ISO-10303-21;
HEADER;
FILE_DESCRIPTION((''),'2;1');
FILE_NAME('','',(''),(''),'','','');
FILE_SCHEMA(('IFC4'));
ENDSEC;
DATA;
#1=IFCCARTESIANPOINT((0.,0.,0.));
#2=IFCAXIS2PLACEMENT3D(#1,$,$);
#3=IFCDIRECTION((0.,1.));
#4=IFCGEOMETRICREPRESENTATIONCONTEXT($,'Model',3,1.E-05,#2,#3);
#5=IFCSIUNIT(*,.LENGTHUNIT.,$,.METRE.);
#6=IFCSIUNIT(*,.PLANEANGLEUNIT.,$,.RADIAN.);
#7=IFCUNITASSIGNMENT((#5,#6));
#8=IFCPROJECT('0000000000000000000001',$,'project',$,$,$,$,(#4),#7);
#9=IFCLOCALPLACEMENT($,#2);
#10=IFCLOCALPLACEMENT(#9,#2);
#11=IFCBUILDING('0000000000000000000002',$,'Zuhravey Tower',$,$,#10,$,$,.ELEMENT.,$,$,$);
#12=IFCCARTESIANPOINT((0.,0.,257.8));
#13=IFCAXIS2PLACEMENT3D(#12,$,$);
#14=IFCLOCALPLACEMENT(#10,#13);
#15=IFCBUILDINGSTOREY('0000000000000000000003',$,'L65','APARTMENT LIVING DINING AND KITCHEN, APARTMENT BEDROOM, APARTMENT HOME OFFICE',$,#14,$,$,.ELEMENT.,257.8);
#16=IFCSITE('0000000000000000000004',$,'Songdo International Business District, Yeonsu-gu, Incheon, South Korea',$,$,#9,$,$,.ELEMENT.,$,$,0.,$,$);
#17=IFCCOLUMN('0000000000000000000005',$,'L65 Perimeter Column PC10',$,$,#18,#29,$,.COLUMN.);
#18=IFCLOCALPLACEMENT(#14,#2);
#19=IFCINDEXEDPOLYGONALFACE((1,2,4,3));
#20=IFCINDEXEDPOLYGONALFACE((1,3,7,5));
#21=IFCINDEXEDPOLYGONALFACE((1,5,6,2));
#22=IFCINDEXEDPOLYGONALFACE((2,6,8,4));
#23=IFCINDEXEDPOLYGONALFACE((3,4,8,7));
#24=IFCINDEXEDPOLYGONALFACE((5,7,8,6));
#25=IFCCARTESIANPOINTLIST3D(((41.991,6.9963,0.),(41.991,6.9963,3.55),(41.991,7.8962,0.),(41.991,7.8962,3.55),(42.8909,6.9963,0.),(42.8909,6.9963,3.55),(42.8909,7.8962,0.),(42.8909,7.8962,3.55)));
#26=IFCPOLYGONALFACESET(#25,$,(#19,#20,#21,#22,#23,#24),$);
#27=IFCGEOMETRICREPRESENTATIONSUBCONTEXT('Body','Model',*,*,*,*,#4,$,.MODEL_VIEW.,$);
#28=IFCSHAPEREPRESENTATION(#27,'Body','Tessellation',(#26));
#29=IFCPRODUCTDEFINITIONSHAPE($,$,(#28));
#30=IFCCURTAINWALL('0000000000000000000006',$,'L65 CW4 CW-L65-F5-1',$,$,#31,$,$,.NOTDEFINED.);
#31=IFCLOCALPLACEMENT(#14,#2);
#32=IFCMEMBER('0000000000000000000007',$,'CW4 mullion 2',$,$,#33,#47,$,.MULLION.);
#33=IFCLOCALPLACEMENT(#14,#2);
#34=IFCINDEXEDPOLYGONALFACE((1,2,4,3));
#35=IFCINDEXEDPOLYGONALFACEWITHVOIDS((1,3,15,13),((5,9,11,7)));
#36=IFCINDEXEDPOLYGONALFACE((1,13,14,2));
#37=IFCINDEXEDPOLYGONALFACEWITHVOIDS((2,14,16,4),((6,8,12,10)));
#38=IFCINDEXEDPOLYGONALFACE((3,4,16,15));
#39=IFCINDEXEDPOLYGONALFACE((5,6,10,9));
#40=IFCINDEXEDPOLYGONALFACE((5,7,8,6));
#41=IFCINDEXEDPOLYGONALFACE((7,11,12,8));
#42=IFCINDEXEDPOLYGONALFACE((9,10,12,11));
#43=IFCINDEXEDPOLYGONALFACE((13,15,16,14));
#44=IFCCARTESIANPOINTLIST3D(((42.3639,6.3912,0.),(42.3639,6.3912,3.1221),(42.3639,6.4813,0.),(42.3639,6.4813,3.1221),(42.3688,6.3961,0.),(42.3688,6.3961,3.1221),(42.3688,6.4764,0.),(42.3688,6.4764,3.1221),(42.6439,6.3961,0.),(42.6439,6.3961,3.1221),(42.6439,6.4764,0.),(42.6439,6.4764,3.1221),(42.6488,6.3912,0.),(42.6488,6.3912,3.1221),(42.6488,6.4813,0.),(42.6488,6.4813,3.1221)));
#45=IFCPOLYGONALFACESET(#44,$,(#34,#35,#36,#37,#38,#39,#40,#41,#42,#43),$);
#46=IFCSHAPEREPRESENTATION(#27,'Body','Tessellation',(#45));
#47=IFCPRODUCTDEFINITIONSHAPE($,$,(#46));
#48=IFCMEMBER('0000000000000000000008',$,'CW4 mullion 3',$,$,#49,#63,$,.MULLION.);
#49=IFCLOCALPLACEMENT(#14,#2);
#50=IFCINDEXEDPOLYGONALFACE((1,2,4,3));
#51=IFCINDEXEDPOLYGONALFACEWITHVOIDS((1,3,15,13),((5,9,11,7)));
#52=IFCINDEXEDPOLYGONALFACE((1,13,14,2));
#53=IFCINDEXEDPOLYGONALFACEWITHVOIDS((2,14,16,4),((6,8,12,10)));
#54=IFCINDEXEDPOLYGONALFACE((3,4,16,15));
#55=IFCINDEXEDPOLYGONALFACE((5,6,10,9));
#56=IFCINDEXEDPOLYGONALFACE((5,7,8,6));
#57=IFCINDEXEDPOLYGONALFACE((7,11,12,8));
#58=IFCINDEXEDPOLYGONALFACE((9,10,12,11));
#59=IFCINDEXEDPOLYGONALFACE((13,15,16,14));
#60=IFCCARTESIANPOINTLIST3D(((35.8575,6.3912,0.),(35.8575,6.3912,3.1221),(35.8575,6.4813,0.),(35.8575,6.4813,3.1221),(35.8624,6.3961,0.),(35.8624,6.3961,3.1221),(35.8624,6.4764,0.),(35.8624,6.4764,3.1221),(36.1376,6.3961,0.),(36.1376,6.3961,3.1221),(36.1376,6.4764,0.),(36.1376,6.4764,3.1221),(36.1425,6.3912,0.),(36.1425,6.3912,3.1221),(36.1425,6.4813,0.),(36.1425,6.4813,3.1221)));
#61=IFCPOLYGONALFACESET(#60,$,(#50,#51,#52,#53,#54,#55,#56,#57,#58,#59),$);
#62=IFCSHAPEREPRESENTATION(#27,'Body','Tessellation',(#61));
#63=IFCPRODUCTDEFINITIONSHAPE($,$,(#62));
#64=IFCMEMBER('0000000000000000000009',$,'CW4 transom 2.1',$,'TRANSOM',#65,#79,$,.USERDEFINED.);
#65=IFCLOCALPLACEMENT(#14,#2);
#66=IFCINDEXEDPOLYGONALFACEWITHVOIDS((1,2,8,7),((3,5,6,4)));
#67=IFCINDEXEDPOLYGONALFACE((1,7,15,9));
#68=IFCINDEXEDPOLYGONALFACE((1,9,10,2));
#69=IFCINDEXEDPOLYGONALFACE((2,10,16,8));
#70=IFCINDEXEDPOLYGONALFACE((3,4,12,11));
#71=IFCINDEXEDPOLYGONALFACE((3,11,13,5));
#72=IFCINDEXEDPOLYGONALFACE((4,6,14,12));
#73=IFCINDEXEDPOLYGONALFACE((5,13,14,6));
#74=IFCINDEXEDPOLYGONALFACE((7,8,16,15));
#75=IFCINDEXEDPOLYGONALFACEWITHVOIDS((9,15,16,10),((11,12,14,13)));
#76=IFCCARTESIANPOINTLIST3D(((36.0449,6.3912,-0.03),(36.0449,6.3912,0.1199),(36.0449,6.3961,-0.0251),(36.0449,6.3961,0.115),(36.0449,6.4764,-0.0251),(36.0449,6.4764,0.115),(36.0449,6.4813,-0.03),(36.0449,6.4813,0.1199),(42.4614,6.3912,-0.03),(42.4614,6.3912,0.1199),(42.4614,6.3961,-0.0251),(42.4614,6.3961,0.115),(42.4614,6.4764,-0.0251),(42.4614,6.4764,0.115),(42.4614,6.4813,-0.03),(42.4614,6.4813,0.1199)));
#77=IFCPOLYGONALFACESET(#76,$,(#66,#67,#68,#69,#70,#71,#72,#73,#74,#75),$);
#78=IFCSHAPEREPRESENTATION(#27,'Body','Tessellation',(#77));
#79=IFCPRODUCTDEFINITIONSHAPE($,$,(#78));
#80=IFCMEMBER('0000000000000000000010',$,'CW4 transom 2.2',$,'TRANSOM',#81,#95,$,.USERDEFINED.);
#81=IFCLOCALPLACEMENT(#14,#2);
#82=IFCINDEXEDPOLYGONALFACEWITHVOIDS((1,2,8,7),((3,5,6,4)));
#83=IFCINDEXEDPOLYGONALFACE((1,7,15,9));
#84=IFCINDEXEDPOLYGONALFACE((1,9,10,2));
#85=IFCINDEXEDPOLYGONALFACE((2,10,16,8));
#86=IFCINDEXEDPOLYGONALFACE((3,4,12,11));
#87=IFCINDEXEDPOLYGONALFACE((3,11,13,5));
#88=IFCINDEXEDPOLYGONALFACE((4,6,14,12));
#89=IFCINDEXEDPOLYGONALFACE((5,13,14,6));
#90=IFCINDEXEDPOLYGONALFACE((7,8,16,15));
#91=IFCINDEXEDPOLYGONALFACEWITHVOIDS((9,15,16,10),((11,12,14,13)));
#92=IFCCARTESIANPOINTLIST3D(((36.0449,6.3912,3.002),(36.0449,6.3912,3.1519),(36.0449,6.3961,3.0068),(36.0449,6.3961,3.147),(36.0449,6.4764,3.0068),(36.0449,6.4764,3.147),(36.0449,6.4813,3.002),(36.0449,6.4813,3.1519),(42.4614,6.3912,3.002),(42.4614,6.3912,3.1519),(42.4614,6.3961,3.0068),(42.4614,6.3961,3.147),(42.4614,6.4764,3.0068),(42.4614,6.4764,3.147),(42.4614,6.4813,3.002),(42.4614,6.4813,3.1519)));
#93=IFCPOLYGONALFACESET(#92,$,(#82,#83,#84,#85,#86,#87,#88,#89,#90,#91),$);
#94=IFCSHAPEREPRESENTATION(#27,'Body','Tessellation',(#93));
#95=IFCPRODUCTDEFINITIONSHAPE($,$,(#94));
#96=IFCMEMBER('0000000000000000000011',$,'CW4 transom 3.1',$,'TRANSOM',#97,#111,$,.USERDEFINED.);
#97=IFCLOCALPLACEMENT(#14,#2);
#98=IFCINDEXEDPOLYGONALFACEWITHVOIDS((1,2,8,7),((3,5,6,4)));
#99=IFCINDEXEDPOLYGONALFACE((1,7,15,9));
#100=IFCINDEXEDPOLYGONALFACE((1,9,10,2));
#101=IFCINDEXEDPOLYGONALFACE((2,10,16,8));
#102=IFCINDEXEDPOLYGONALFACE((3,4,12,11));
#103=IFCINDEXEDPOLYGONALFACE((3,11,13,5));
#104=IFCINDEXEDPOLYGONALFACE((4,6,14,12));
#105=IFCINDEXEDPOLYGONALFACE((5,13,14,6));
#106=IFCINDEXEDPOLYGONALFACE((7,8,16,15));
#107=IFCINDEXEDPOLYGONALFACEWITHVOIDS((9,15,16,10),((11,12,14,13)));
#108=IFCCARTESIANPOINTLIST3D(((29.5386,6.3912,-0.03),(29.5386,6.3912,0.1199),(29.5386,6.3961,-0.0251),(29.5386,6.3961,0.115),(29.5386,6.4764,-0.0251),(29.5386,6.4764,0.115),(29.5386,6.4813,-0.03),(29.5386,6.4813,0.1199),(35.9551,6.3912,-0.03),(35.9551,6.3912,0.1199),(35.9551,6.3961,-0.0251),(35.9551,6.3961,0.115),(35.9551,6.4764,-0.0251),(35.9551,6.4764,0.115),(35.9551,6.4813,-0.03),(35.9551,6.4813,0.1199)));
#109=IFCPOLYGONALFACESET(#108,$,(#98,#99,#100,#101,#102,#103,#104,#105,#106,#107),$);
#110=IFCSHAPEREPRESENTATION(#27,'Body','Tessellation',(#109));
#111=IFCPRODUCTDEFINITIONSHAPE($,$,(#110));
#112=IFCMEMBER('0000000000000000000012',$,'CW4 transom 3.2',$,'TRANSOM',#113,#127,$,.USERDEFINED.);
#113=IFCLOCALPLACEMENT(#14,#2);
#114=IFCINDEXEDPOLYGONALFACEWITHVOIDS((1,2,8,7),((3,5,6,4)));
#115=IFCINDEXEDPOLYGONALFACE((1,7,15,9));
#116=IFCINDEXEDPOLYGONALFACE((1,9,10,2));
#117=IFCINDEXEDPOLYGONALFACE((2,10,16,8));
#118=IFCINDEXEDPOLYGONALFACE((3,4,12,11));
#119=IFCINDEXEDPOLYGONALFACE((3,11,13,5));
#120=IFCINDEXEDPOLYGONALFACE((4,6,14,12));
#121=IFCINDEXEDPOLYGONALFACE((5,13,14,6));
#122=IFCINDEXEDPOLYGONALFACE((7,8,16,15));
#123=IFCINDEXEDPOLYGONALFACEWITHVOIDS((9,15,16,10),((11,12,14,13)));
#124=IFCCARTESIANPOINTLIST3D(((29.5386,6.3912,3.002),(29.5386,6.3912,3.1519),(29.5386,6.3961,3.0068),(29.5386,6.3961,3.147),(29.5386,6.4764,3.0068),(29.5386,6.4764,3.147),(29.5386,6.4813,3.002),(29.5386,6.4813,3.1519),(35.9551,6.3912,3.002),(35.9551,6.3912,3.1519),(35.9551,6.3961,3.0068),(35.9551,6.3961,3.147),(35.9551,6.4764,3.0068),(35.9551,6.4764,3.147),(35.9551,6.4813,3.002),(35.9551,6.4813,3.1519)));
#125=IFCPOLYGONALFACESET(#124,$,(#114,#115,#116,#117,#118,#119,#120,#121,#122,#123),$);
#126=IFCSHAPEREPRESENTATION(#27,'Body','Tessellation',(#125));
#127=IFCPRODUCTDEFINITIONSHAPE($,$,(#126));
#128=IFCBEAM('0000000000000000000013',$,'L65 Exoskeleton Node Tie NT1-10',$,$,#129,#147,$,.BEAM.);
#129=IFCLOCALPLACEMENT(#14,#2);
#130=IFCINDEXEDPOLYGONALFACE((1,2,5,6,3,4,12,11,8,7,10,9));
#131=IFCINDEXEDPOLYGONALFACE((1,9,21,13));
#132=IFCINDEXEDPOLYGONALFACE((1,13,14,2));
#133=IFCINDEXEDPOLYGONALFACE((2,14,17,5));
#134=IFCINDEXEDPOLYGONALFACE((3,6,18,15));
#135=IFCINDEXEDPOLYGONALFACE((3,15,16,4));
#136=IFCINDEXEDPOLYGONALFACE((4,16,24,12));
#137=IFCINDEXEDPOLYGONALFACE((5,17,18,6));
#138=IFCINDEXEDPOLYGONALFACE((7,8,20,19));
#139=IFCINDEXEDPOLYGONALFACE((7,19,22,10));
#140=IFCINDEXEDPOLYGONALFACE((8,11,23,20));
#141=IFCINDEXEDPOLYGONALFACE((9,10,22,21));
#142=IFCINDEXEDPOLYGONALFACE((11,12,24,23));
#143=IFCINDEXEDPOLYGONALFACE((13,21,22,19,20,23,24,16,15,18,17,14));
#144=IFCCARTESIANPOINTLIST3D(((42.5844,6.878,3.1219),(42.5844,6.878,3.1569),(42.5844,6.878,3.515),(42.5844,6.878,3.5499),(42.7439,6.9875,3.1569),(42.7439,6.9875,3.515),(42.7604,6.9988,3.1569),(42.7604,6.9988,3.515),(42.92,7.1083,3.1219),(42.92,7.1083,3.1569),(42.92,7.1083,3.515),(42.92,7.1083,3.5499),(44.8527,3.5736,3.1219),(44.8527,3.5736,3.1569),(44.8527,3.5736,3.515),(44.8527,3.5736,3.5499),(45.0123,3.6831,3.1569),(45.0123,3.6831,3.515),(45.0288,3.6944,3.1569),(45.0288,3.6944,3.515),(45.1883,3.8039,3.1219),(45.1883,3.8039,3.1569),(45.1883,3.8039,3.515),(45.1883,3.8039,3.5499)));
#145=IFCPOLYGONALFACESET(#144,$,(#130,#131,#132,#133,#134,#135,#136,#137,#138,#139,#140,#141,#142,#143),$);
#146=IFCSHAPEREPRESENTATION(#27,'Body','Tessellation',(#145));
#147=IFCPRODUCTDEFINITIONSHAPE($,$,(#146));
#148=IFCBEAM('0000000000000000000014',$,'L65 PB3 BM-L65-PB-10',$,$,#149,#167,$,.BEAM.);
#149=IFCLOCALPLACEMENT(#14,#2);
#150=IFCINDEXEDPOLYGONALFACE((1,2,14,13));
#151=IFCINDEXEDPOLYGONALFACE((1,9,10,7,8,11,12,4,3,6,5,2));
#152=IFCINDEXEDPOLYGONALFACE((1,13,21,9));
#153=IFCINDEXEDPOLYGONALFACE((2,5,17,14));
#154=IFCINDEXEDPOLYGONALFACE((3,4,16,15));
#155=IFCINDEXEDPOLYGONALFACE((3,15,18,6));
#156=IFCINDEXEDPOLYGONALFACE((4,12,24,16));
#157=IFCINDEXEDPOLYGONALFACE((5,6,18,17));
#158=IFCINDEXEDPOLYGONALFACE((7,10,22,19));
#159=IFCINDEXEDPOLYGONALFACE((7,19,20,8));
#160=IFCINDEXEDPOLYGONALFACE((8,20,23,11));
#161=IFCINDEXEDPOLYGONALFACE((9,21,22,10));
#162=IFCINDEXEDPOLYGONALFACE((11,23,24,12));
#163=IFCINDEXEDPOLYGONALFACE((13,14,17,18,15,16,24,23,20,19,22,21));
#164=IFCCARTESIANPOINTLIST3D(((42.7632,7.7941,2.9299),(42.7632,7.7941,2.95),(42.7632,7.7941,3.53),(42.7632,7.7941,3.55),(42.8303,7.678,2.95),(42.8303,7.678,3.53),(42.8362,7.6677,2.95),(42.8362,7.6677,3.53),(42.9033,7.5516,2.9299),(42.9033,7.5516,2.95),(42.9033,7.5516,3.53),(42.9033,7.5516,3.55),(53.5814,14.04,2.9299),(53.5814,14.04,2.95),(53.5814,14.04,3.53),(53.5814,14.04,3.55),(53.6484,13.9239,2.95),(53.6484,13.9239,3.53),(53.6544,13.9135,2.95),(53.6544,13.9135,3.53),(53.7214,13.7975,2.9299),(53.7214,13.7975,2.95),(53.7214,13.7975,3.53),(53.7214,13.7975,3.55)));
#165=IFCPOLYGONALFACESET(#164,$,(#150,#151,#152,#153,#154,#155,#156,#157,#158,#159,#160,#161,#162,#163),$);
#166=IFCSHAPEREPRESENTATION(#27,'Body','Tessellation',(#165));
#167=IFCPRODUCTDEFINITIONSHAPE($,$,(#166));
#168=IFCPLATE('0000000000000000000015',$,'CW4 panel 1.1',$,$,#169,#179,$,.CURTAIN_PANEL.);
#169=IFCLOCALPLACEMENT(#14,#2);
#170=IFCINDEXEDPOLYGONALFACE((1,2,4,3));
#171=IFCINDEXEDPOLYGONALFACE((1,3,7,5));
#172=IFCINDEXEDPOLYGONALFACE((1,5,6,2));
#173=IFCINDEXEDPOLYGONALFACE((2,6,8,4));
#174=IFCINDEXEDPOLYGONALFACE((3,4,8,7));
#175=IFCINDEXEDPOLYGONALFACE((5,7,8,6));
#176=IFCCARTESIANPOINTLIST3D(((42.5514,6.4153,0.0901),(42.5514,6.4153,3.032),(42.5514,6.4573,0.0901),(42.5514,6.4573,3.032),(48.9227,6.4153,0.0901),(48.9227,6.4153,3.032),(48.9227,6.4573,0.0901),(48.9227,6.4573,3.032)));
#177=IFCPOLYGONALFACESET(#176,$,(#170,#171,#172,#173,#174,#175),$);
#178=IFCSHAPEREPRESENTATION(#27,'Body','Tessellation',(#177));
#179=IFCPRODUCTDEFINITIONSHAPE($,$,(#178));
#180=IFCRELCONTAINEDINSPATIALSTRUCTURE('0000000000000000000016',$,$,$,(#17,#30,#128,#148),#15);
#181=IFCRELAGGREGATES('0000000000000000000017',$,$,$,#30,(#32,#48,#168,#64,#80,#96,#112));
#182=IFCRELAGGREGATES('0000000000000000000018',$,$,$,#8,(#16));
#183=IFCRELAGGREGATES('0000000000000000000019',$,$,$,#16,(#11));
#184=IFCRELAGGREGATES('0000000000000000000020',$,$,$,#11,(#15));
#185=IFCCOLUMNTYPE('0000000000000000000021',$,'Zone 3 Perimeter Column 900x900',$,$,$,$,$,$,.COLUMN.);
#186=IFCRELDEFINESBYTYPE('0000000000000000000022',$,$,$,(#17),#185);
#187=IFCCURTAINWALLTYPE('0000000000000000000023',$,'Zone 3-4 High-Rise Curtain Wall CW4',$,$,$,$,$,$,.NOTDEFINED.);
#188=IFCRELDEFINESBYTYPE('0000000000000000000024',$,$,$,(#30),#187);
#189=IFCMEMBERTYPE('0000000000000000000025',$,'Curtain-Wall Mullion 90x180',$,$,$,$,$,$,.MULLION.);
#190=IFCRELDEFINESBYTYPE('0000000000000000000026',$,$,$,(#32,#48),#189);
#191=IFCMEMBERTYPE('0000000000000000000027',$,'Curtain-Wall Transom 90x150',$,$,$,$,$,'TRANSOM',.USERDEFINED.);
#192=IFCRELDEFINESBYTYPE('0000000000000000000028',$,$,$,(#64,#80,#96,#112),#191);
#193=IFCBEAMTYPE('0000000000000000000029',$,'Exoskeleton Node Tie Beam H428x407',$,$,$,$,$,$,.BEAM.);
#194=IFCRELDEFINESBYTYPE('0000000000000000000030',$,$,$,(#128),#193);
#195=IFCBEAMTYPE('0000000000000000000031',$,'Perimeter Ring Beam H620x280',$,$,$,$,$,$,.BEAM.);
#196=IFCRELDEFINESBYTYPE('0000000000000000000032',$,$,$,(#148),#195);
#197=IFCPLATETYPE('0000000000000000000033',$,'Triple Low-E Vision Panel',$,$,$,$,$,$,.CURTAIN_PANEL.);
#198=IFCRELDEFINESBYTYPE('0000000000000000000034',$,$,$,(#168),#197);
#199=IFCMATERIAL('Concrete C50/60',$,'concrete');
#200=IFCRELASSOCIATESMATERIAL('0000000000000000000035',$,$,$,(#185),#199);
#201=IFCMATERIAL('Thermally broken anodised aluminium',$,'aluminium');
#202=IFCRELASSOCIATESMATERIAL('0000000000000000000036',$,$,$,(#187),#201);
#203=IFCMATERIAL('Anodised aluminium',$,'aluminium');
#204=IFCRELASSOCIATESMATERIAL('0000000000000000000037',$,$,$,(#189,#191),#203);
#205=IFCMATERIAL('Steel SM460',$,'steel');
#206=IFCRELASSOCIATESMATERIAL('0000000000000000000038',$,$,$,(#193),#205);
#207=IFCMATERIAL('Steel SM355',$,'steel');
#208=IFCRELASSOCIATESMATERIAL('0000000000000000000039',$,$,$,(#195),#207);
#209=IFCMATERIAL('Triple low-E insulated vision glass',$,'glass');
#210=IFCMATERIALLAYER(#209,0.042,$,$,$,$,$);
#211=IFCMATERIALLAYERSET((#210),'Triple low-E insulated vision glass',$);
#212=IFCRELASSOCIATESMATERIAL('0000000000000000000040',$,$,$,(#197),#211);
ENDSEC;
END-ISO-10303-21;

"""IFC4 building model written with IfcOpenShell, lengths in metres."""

from ifc_helpers import new_model, si_unit, direction, frame, origin, origin_2d, place, context, subcontext, project, spatial, rectangle, hollow_rectangle, i_section, extrude, material, layer, layer_set, material_profile, profile_set, type_object, element, aggregate, save


model = new_model("IFC4")

# Units and contexts
model_context = context("Model", 3, precision=1e-05, world=origin(), true_north=direction((0.0, 1.0)))
body_context = subcontext(model_context, "Body", "Model", "MODEL_VIEW")
ifc_project = project(units=[si_unit("LENGTHUNIT", "METRE"), si_unit("PLANEANGLEUNIT", "RADIAN")], contexts=[model_context])

# Site, building, storey
site_placement = place(None, origin())
site = spatial("IfcSite", under=ifc_project, at=site_placement, Name="Songdo International Business District, Yeonsu-gu, Incheon, South Korea", CompositionType="ELEMENT", RefElevation=0.0)
building_placement = place(site_placement, origin())
building = spatial("IfcBuilding", under=site, at=building_placement, Name="Zuhravey Tower", CompositionType="ELEMENT")
storey_placement = place(building_placement, frame((0.0, 0.0, 257.8)))
storey = spatial("IfcBuildingStorey", under=building, at=storey_placement, Name="L65", Description="APARTMENT LIVING DINING AND KITCHEN, APARTMENT BEDROOM, APARTMENT HOME OFFICE", CompositionType="ELEMENT", Elevation=257.8)

# Column
ifc_material_1 = material(Name="Concrete C50/60", Category="concrete")
ifc_material_profile_1 = material_profile(ifc_material_1, rectangle(XDim=0.8999, YDim=0.8999, at=origin_2d()), Name="RC-900x900")
ifc_profile_set_1 = profile_set([ifc_material_profile_1], Name="Concrete C50/60")
column_type = type_object("IfcColumnType", Name="Zone 3 Perimeter Column 900x900", PredefinedType="COLUMN", material=ifc_profile_set_1)
column_placement = place(storey_placement, frame((42.4409, 7.4463, 0.0), z_axis=(0.0, 0.0, 1.0), x_axis=(1.0, 0.0, 0.0)))
element("IfcColumn", 1, at=column_placement, inside=storey, type_object=column_type, Name="L65 Perimeter Column PC10", PredefinedType="COLUMN", context=body_context, shape_type="SweptSolid", body=[
    extrude(rectangle(XDim=0.8999, YDim=0.8999, at=origin_2d()), origin(), (0.0, 0.0, 1.0), 3.55),
])

# Curtain wall, members
ifc_material_2 = material(Name="Thermally broken anodised aluminium", Category="aluminium")
curtain_wall_type = type_object("IfcCurtainWallType", Name="Zone 3-4 High-Rise Curtain Wall CW4", PredefinedType="NOTDEFINED", material=ifc_material_2)
curtain_wall_placement = place(storey_placement, origin())
curtain_wall = element("IfcCurtainWall", 2, at=curtain_wall_placement, inside=storey, type_object=curtain_wall_type, Name="L65 CW4 CW-L65-F5-1", PredefinedType="NOTDEFINED")
ifc_material_3 = material(Name="Anodised aluminium", Category="aluminium")
ifc_material_profile_2 = material_profile(ifc_material_3, hollow_rectangle(XDim=0.0901, YDim=0.2849, WallThickness=0.0049, at=origin_2d()), Name="ALU-RHS-90x285x5")
ifc_profile_set_2 = profile_set([ifc_material_profile_2], Name="Anodised aluminium")
member_type_1 = type_object("IfcMemberType", Name="Curtain-Wall Mullion 90x180", PredefinedType="MULLION", material=ifc_profile_set_2)
member_1_placement = place(storey_placement, frame((42.5063, 6.4363, 0.0), z_axis=(0.0, 0.0, 1.0), x_axis=(0.0, -1.0, 0.0)))
member_1 = element("IfcMember", 3, at=member_1_placement, type_object=member_type_1, Name="CW4 mullion 2", PredefinedType="MULLION", context=body_context, shape_type="SweptSolid", body=[
    extrude(hollow_rectangle(XDim=0.0901, YDim=0.2849, WallThickness=0.0049, at=origin_2d()), origin(), (0.0, 0.0, 1.0), 3.1221),
])
member_2_placement = place(storey_placement, frame((36.0, 6.4363, 0.0), z_axis=(0.0, 0.0, 1.0), x_axis=(0.0, -1.0, 0.0)))
member_2 = element("IfcMember", 4, at=member_2_placement, type_object=member_type_1, Name="CW4 mullion 3", PredefinedType="MULLION", context=body_context, shape_type="SweptSolid", body=[
    extrude(hollow_rectangle(XDim=0.0901, YDim=0.2849, WallThickness=0.0049, at=origin_2d()), origin(), (0.0, 0.0, 1.0), 3.1221),
])
ifc_material_profile_3 = material_profile(ifc_material_3, hollow_rectangle(XDim=0.0901, YDim=0.1499, WallThickness=0.0049, at=origin_2d()), Name="ALU-RHS-90x150x5")
ifc_profile_set_3 = profile_set([ifc_material_profile_3], Name="Anodised aluminium")
member_type_2 = type_object("IfcMemberType", Name="Curtain-Wall Transom 90x150", ElementType="TRANSOM", PredefinedType="USERDEFINED", material=ifc_profile_set_3)
member_3_placement = place(storey_placement, frame((42.4614, 6.4363, 0.0449), z_axis=(-1.0, 0.0, 0.0), x_axis=(0.0, -1.0, 0.0)))
member_3 = element("IfcMember", 5, at=member_3_placement, type_object=member_type_2, Name="CW4 transom 2.1", ObjectType="TRANSOM", PredefinedType="USERDEFINED", context=body_context, shape_type="SweptSolid", body=[
    extrude(hollow_rectangle(XDim=0.0901, YDim=0.1499, WallThickness=0.0049, at=origin_2d()), origin(), (0.0, 0.0, 1.0), 6.4165),
])
member_4_placement = place(storey_placement, frame((42.4614, 6.4363, 3.0769), z_axis=(-1.0, 0.0, 0.0), x_axis=(0.0, -1.0, 0.0)))
member_4 = element("IfcMember", 6, at=member_4_placement, type_object=member_type_2, Name="CW4 transom 2.2", ObjectType="TRANSOM", PredefinedType="USERDEFINED", context=body_context, shape_type="SweptSolid", body=[
    extrude(hollow_rectangle(XDim=0.0901, YDim=0.1499, WallThickness=0.0049, at=origin_2d()), origin(), (0.0, 0.0, 1.0), 6.4165),
])
member_5_placement = place(storey_placement, frame((35.9551, 6.4363, 0.0449), z_axis=(-1.0, 0.0, 0.0), x_axis=(0.0, -1.0, 0.0)))
member_5 = element("IfcMember", 7, at=member_5_placement, type_object=member_type_2, Name="CW4 transom 3.1", ObjectType="TRANSOM", PredefinedType="USERDEFINED", context=body_context, shape_type="SweptSolid", body=[
    extrude(hollow_rectangle(XDim=0.0901, YDim=0.1499, WallThickness=0.0049, at=origin_2d()), origin(), (0.0, 0.0, 1.0), 6.4165),
])
member_6_placement = place(storey_placement, frame((35.9551, 6.4363, 3.0769), z_axis=(-1.0, 0.0, 0.0), x_axis=(0.0, -1.0, 0.0)))
member_6 = element("IfcMember", 8, at=member_6_placement, type_object=member_type_2, Name="CW4 transom 3.2", ObjectType="TRANSOM", PredefinedType="USERDEFINED", context=body_context, shape_type="SweptSolid", body=[
    extrude(hollow_rectangle(XDim=0.0901, YDim=0.1499, WallThickness=0.0049, at=origin_2d()), origin(), (0.0, 0.0, 1.0), 6.4165),
])

# Beams
ifc_material_4 = material(Name="Steel SM460", Category="steel")
ifc_material_profile_4 = material_profile(ifc_material_4, i_section(OverallWidth=0.407, OverallDepth=0.428, WebThickness=0.02, FlangeThickness=0.0349, at=origin_2d()), Name="H-428x407x20x35")
ifc_profile_set_4 = profile_set([ifc_material_profile_4], Name="Steel SM460")
beam_type_1 = type_object("IfcBeamType", Name="Exoskeleton Node Tie Beam H428x407", PredefinedType="BEAM", material=ifc_profile_set_4)
beam_1_placement = place(storey_placement, frame((42.7522, 6.9932, 3.3359), z_axis=(0.565937, -0.824449, 0.0), x_axis=(0.824449, 0.565937, 0.0)))
element("IfcBeam", 9, at=beam_1_placement, inside=storey, type_object=beam_type_1, Name="L65 Exoskeleton Node Tie NT1-10", PredefinedType="BEAM", context=body_context, shape_type="SweptSolid", body=[
    extrude(i_section(OverallWidth=0.407, OverallDepth=0.428, WebThickness=0.02, FlangeThickness=0.0349, at=origin_2d()), origin(), (0.0, 0.0, 1.0), 4.0081),
])
ifc_material_5 = material(Name="Steel SM355", Category="steel")
ifc_material_profile_5 = material_profile(ifc_material_5, i_section(OverallWidth=0.28, OverallDepth=0.6201, WebThickness=0.012, FlangeThickness=0.02, at=origin_2d()), Name="H-620x280x12x20")
ifc_profile_set_5 = profile_set([ifc_material_profile_5], Name="Steel SM355")
beam_type_2 = type_object("IfcBeamType", Name="Perimeter Ring Beam H620x280", PredefinedType="BEAM", material=ifc_profile_set_5)
beam_2_placement = place(storey_placement, frame((42.8333, 7.6729, 3.24), z_axis=(0.866025, 0.5, 0.0), x_axis=(-0.5, 0.866025, 0.0)))
element("IfcBeam", 10, at=beam_2_placement, inside=storey, type_object=beam_type_2, Name="L65 PB3 BM-L65-PB-10", PredefinedType="BEAM", context=body_context, shape_type="SweptSolid", body=[
    extrude(i_section(OverallWidth=0.28, OverallDepth=0.6201, WebThickness=0.012, FlangeThickness=0.02, at=origin_2d()), origin(), (0.0, 0.0, 1.0), 12.4917),
])

# Plate
ifc_material_6 = material(Name="Triple low-E insulated vision glass", Category="glass")
ifc_layer_1 = layer(ifc_material_6, 0.042)
ifc_layer_set_1 = layer_set([ifc_layer_1], Name="Triple low-E insulated vision glass")
plate_type = type_object("IfcPlateType", Name="Triple Low-E Vision Panel", PredefinedType="CURTAIN_PANEL", material=ifc_layer_set_1)
plate_1_placement = place(storey_placement, frame((45.7371, 6.4363, 0.0901), z_axis=(0.0, 0.0, 1.0), x_axis=(-1.0, 0.0, 0.0)))
plate_1 = element("IfcPlate", 11, at=plate_1_placement, type_object=plate_type, Name="CW4 panel 1.1", PredefinedType="CURTAIN_PANEL", context=body_context, shape_type="SweptSolid", body=[
    extrude(rectangle(XDim=6.3713, YDim=0.042, at=origin_2d()), origin(), (0.0, 0.0, 1.0), 2.9419),
])
aggregate(curtain_wall, [member_1, member_2, plate_1, member_3, member_4, member_5, member_6])

save(model, "model.ifc")
